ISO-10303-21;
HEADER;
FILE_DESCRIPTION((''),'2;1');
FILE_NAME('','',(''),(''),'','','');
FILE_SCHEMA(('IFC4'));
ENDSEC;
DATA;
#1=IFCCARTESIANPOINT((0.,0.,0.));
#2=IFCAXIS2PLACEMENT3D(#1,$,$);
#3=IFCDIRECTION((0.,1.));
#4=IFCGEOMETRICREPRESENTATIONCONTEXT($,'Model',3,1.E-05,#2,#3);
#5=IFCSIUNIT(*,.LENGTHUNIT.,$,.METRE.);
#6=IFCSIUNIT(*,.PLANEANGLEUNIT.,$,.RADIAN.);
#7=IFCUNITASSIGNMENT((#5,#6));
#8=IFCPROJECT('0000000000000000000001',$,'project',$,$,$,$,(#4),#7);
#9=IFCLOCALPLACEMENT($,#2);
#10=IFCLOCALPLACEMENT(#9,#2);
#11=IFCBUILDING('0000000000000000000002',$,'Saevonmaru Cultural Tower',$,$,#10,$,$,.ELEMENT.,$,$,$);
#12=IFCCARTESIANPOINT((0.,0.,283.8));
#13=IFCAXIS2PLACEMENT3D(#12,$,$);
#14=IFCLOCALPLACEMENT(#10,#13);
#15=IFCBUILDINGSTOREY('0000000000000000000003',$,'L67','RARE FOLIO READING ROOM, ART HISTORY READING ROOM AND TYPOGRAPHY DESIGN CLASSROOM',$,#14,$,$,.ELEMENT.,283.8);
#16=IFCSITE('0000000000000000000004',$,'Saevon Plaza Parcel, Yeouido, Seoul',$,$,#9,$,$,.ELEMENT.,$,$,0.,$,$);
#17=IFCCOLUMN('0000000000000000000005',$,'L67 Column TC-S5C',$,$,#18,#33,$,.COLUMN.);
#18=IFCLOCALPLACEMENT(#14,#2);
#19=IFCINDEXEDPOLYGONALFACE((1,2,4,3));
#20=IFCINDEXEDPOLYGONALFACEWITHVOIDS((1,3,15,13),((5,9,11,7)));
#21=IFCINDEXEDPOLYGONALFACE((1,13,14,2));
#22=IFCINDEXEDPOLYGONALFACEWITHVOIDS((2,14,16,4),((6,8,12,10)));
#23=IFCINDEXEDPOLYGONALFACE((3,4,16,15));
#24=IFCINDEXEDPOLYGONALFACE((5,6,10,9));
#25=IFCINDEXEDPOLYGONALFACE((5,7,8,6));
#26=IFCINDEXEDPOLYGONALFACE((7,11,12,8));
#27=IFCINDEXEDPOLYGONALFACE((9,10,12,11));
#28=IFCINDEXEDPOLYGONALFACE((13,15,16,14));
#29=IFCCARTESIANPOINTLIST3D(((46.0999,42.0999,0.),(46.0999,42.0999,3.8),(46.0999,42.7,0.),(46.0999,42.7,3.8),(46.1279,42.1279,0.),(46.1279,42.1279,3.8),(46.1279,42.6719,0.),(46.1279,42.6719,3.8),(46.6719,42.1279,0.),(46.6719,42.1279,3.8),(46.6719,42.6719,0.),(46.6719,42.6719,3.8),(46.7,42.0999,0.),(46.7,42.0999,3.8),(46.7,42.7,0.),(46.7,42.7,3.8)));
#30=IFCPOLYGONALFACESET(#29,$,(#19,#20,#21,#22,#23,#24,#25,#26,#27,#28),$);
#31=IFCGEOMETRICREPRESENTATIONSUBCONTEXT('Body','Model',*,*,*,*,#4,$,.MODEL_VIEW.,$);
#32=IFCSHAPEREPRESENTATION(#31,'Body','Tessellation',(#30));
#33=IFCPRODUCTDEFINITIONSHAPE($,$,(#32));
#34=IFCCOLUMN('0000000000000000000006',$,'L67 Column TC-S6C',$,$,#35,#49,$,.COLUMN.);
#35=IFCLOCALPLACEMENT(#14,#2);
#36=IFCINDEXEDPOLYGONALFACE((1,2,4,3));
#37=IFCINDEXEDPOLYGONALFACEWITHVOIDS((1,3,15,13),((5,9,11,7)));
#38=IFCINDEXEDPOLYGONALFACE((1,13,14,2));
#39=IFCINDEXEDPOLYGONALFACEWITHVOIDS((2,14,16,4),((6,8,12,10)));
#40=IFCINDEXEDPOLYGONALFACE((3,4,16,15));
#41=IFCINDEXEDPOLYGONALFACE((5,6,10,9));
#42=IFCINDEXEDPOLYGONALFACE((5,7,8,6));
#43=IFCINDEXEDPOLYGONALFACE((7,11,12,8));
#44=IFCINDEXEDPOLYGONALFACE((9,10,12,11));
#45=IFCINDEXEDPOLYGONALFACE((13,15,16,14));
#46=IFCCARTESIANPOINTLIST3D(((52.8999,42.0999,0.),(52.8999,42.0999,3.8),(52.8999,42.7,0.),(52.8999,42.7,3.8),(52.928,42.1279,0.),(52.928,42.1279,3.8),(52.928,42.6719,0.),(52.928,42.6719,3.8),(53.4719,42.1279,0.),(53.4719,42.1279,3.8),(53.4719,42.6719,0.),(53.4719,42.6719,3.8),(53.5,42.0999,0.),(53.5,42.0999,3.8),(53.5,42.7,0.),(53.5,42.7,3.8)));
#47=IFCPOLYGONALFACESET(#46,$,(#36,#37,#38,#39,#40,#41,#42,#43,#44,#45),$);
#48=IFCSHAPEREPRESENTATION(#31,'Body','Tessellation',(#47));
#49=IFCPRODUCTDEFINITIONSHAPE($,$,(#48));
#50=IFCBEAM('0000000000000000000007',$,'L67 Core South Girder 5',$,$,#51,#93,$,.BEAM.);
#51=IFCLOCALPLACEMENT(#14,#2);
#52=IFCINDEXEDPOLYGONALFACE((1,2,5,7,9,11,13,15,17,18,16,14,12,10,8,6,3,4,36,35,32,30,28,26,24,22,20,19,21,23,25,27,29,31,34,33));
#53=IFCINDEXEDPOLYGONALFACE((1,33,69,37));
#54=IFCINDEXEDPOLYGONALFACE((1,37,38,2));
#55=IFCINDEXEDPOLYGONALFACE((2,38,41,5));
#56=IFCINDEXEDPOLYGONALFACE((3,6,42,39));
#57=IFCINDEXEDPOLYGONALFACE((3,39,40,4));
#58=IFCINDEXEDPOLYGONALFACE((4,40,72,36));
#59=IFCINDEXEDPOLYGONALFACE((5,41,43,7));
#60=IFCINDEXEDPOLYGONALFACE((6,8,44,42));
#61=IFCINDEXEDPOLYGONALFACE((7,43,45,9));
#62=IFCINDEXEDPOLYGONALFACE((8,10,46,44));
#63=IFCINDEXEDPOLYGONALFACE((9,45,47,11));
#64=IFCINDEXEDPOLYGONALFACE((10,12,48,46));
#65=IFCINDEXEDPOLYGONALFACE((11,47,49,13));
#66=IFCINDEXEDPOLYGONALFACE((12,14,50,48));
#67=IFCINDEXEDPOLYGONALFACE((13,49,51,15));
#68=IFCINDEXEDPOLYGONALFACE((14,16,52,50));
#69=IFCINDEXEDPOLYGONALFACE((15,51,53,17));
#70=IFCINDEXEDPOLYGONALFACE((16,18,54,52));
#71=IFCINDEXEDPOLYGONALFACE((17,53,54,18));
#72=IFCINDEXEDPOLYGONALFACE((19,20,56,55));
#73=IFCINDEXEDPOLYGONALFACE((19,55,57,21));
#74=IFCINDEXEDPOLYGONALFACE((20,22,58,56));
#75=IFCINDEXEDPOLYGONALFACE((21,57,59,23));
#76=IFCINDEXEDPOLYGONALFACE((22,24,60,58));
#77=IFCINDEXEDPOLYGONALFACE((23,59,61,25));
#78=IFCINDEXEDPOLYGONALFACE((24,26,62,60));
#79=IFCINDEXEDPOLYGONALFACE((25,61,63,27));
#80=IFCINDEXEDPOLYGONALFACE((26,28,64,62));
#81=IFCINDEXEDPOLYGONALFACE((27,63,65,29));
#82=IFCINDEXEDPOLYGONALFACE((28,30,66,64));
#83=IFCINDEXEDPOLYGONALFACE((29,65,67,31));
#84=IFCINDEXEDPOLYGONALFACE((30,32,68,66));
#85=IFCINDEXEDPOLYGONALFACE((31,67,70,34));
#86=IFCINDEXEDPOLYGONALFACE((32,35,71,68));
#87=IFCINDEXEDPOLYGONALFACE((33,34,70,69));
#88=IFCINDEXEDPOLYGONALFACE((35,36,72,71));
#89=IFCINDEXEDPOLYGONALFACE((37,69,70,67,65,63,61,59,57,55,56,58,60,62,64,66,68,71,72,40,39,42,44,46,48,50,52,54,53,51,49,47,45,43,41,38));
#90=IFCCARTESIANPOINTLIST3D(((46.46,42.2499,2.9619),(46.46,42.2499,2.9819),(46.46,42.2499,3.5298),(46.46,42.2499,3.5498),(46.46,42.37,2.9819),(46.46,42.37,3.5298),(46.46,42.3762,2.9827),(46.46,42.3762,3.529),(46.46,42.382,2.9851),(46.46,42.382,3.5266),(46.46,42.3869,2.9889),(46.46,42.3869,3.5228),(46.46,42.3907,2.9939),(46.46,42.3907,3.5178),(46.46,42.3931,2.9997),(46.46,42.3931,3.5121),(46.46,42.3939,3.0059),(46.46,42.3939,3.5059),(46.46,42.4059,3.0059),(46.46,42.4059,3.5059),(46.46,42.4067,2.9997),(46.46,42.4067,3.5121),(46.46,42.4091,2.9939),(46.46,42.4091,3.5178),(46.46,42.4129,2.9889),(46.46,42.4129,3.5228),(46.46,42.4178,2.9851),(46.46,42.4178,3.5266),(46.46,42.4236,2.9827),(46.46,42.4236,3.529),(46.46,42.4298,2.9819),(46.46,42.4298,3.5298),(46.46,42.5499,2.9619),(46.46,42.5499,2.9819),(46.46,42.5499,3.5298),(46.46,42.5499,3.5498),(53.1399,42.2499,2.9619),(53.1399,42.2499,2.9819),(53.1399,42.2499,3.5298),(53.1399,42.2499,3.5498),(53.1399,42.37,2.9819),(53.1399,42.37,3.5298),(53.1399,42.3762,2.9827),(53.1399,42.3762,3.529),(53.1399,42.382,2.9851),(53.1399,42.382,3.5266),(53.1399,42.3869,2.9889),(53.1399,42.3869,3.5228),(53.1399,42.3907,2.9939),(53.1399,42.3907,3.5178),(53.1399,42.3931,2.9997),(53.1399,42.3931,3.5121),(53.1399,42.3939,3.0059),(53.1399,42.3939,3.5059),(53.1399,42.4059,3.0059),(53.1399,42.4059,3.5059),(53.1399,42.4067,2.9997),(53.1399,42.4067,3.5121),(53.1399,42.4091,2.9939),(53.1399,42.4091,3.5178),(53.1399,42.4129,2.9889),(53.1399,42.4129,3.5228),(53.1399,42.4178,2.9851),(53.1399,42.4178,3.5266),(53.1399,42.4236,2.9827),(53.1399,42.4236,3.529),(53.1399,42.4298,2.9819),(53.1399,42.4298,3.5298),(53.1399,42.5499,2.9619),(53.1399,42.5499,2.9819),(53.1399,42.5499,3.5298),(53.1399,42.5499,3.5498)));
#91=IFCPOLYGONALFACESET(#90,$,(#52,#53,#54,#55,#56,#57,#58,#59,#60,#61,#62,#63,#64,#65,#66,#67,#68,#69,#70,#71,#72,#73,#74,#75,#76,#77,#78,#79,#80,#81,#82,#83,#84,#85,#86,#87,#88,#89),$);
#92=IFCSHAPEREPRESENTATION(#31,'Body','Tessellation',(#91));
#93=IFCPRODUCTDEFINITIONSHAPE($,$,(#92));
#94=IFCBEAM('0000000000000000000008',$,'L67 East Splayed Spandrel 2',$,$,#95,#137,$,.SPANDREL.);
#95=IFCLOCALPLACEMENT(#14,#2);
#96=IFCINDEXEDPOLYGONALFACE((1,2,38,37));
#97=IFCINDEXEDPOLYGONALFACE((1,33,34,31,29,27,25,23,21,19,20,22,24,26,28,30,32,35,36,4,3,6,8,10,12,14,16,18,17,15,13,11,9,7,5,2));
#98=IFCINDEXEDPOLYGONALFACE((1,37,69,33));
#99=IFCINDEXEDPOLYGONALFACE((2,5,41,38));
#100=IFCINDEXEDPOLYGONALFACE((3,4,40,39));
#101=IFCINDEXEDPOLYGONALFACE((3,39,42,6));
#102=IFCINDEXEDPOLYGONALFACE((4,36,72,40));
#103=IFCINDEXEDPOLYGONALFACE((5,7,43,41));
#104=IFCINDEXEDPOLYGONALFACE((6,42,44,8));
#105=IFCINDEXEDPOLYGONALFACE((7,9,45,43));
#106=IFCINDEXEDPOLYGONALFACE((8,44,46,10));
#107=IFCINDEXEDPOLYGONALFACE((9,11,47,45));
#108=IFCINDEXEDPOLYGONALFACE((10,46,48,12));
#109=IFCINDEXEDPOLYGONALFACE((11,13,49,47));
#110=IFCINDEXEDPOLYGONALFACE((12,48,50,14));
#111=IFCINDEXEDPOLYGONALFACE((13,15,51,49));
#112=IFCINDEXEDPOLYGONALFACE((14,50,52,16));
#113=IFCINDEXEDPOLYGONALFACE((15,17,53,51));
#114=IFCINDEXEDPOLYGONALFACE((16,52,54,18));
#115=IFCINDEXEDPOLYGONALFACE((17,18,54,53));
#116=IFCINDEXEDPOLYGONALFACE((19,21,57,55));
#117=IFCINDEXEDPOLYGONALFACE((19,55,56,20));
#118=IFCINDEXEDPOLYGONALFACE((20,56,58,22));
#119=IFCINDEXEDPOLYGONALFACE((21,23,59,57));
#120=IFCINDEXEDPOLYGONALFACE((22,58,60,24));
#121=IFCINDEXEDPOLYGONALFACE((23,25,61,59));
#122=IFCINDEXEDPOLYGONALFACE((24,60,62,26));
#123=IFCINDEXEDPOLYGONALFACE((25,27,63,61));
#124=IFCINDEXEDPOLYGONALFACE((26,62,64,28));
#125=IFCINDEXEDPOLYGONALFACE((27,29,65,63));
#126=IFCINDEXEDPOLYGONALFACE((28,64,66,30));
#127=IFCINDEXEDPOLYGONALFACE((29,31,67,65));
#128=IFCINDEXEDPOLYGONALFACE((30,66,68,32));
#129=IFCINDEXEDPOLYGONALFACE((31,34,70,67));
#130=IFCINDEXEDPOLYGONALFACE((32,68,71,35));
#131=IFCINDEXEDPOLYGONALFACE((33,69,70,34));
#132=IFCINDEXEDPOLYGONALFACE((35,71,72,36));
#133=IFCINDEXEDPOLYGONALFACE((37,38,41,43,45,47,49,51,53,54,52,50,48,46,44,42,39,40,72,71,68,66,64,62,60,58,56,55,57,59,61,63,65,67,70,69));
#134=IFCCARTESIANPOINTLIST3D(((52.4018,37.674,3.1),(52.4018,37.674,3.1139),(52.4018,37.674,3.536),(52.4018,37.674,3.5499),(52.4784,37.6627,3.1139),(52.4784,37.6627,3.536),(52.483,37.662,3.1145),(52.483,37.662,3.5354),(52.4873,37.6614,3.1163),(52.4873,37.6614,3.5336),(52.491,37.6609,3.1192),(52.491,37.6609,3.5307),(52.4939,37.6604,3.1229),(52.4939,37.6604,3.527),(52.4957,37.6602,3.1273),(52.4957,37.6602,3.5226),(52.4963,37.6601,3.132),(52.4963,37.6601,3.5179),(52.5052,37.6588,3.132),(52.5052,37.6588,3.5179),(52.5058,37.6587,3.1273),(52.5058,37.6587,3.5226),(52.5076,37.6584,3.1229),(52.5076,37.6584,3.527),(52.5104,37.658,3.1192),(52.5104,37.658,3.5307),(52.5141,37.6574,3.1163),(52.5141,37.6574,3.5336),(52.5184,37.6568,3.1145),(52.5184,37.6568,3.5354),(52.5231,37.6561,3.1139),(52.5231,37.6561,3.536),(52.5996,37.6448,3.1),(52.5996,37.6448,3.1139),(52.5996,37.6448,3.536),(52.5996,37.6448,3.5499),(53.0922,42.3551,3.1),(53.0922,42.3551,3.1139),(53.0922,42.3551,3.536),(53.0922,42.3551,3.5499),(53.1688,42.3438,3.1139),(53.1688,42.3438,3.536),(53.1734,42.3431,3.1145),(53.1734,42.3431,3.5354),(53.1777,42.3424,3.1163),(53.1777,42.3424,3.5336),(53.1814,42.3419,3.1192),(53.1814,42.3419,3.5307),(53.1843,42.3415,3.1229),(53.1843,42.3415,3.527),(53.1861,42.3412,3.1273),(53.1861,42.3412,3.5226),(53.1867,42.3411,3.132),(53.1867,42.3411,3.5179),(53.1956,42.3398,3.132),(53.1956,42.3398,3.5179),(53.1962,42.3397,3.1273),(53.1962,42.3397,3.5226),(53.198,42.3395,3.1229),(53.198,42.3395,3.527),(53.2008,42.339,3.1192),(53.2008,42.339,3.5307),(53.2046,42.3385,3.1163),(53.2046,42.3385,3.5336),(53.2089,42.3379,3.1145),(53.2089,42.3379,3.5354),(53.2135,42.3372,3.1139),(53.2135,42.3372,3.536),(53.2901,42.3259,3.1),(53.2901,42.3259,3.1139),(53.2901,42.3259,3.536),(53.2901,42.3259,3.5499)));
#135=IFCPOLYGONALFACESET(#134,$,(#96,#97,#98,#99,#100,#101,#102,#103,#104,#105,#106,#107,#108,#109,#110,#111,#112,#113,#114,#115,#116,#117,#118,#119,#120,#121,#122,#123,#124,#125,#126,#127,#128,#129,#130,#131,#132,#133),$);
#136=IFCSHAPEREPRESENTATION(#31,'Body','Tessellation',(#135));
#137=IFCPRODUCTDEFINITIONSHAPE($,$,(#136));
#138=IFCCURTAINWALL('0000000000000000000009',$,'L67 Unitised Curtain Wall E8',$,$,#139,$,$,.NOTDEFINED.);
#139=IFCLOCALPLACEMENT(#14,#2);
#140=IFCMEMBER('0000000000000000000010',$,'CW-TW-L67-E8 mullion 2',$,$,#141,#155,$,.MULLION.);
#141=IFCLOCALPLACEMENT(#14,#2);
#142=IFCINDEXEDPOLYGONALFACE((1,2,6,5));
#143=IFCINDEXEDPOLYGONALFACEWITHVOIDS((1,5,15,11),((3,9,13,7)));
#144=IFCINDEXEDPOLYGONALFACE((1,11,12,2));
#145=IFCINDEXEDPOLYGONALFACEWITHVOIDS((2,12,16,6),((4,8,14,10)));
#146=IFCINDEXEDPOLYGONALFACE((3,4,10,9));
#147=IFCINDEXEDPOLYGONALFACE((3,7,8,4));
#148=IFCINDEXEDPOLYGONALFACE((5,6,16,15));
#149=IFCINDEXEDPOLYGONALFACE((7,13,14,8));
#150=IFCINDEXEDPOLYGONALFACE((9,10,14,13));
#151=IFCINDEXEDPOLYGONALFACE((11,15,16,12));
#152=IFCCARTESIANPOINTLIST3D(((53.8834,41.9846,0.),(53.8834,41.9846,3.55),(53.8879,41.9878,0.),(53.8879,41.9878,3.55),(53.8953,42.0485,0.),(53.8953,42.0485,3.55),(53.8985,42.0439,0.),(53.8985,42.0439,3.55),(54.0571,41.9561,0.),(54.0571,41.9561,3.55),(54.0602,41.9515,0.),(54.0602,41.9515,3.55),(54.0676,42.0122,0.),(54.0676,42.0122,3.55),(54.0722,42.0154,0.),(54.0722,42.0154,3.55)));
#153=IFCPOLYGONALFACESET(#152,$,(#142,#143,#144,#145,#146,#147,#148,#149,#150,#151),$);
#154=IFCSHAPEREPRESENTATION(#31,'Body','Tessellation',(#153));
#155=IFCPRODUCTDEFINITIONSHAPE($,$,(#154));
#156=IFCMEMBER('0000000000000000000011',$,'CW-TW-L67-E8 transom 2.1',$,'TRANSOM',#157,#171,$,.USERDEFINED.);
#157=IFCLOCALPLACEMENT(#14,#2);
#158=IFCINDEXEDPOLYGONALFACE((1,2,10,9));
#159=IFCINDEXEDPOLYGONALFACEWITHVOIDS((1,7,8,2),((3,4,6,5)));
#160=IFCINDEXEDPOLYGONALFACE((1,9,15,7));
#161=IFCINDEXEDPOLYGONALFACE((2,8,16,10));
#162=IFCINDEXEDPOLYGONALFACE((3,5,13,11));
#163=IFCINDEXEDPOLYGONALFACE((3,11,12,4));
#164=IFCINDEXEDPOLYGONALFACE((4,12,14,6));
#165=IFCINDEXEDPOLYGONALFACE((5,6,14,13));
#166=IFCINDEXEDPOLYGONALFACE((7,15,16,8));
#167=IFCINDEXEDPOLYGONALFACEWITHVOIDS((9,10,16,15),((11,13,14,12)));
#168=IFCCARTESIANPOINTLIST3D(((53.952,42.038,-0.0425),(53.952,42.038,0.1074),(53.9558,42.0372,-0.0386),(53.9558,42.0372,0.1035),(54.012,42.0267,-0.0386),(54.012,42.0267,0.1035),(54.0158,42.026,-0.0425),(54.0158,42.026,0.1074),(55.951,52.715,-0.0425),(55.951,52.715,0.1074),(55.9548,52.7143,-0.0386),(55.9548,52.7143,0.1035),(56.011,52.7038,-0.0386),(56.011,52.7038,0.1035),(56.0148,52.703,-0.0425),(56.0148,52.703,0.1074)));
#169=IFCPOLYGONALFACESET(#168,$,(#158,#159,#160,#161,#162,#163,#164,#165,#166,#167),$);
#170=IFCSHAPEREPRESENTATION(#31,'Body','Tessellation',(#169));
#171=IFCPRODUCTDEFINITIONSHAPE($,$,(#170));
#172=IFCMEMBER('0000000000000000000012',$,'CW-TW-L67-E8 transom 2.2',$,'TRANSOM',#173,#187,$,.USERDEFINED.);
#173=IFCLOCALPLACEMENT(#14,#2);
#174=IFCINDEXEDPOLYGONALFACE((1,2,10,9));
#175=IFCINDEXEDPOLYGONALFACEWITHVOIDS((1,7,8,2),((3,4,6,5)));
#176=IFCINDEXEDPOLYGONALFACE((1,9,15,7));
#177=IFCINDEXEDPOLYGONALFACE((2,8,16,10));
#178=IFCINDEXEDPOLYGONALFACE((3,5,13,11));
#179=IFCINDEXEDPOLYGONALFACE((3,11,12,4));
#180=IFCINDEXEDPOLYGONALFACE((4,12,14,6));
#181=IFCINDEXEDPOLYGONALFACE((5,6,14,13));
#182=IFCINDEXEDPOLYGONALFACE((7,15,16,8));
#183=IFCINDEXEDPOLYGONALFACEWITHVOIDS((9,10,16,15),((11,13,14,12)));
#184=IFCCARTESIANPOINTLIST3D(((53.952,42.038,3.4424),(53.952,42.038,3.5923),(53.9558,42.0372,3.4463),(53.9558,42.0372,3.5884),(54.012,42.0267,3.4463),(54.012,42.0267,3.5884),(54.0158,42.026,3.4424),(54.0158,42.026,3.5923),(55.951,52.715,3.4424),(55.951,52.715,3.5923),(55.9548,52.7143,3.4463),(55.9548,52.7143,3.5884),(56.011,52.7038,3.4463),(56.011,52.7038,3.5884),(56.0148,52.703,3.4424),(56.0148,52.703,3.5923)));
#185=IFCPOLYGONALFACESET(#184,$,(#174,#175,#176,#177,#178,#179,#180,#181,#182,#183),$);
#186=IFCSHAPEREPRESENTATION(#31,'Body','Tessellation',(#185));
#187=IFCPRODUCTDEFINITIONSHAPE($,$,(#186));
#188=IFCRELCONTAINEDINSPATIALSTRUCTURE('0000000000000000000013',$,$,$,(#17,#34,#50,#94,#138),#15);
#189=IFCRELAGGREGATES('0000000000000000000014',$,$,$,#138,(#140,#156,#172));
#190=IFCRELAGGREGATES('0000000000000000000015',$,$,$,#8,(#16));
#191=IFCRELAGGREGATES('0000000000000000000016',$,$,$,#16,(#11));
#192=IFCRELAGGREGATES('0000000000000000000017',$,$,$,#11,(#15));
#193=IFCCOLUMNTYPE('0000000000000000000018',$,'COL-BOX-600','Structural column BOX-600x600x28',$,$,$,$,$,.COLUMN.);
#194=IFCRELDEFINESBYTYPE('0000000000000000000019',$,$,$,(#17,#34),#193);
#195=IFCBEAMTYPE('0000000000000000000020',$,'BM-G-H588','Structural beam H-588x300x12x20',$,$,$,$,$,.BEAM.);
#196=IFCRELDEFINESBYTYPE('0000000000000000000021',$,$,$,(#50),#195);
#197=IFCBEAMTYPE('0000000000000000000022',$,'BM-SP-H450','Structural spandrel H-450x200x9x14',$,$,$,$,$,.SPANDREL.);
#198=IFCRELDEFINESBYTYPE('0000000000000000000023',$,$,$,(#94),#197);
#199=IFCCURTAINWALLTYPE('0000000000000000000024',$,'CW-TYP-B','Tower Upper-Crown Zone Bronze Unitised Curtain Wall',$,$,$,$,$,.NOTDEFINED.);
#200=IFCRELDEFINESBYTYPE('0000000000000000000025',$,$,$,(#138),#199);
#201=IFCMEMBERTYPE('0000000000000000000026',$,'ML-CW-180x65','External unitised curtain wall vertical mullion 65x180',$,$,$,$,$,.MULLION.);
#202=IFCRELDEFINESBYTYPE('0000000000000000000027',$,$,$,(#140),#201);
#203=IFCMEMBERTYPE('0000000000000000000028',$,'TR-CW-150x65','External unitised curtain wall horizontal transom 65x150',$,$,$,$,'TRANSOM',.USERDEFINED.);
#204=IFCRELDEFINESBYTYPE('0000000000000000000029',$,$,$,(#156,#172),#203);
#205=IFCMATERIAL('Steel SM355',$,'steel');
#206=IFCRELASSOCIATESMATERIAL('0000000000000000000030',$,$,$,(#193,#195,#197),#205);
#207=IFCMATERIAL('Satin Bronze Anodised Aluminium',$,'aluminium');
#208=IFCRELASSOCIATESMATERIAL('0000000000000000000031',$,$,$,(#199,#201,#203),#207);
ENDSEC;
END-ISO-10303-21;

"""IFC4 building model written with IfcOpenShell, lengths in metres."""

from ifc_helpers import new_model, si_unit, direction, frame, origin, origin_2d, place, context, subcontext, project, spatial, hollow_rectangle, i_section, extrude, material, material_profile, profile_set, type_object, element, aggregate, save


model = new_model("IFC4")

# Units and contexts
model_context = context("Model", 3, precision=1e-05, world=origin(), true_north=direction((0.0, 1.0)))
body_context = subcontext(model_context, "Body", "Model", "MODEL_VIEW")
ifc_project = project(units=[si_unit("LENGTHUNIT", "METRE"), si_unit("PLANEANGLEUNIT", "RADIAN")], contexts=[model_context])

# Site, building, storey
site_placement = place(None, origin())
site = spatial("IfcSite", under=ifc_project, at=site_placement, Name="Saevon Plaza Parcel, Yeouido, Seoul", CompositionType="ELEMENT", RefElevation=0.0)
building_placement = place(site_placement, origin())
building = spatial("IfcBuilding", under=site, at=building_placement, Name="Saevonmaru Cultural Tower", CompositionType="ELEMENT")
storey_placement = place(building_placement, frame((0.0, 0.0, 283.8)))
storey = spatial("IfcBuildingStorey", under=building, at=storey_placement, Name="L67", Description="RARE FOLIO READING ROOM, ART HISTORY READING ROOM AND TYPOGRAPHY DESIGN CLASSROOM", CompositionType="ELEMENT", Elevation=283.8)

# Columns
ifc_material_1 = material(Name="Steel SM355", Category="steel")
ifc_material_profile_1 = material_profile(ifc_material_1, hollow_rectangle(XDim=0.6001, YDim=0.6001, WallThickness=0.0281, at=origin_2d()), Name="BOX-600x600x28")
ifc_profile_set_1 = profile_set([ifc_material_profile_1], Name="Steel SM355")
column_type = type_object("IfcColumnType", Name="COL-BOX-600", Description="Structural column BOX-600x600x28", PredefinedType="COLUMN", material=ifc_profile_set_1)
for number, where, z_axis, x_axis, name in (
    (1, (46.3999, 42.3999, 0.0), (0.0, 0.0, 1.0), (1.0, 0.0, 0.0), "L67 Column TC-S5C"),
    (2, (53.2, 42.3999, 0.0), (0.0, 0.0, 1.0), (1.0, 0.0, 0.0), "L67 Column TC-S6C"),
):
    element("IfcColumn", number, at=place(storey_placement, frame(where, z_axis=z_axis, x_axis=x_axis)), inside=storey, type_object=column_type, Name=name, PredefinedType="COLUMN", context=body_context, shape_type="SweptSolid", body=[
        extrude(hollow_rectangle(XDim=0.6001, YDim=0.6001, WallThickness=0.0281, at=origin_2d()), origin(), (0.0, 0.0, 1.0), 3.8),
    ])

# Beams
ifc_material_profile_2 = material_profile(ifc_material_1, i_section(OverallWidth=0.3, OverallDepth=0.5879, WebThickness=0.012, FlangeThickness=0.02, FilletRadius=0.0239, at=origin_2d()), Name="H-588x300x12x20")
ifc_profile_set_2 = profile_set([ifc_material_profile_2], Name="Steel SM355")
beam_type_1 = type_object("IfcBeamType", Name="BM-G-H588", Description="Structural beam H-588x300x12x20", PredefinedType="BEAM", material=ifc_profile_set_2)
beam_1_placement = place(storey_placement, frame((46.46, 42.3999, 3.2559), z_axis=(1.0, 0.0, 0.0), x_axis=(0.0, 1.0, 0.0)))
element("IfcBeam", 3, at=beam_1_placement, inside=storey, type_object=beam_type_1, Name="L67 Core South Girder 5", PredefinedType="BEAM", context=body_context, shape_type="SweptSolid", body=[
    extrude(i_section(OverallWidth=0.3, OverallDepth=0.5879, WebThickness=0.012, FlangeThickness=0.02, FilletRadius=0.0239, at=origin_2d()), origin(), (0.0, 0.0, 1.0), 6.6799),
])
ifc_material_profile_3 = material_profile(ifc_material_1, i_section(OverallWidth=0.2, OverallDepth=0.45, WebThickness=0.009, FlangeThickness=0.0139, FilletRadius=0.0181, at=origin_2d()), Name="H-450x200x9x14")
ifc_profile_set_3 = profile_set([ifc_material_profile_3], Name="Steel SM355")
beam_type_2 = type_object("IfcBeamType", Name="BM-SP-H450", Description="Structural spandrel H-450x200x9x14", PredefinedType="SPANDREL", material=ifc_profile_set_3)
beam_2_placement = place(storey_placement, frame((52.5007, 37.6594, 3.325), z_axis=(0.145913, 0.989297, 0.0), x_axis=(-0.989297, 0.145913, 0.0)))
element("IfcBeam", 4, at=beam_2_placement, inside=storey, type_object=beam_type_2, Name="L67 East Splayed Spandrel 2", PredefinedType="SPANDREL", context=body_context, shape_type="SweptSolid", body=[
    extrude(i_section(OverallWidth=0.2, OverallDepth=0.45, WebThickness=0.009, FlangeThickness=0.0139, FilletRadius=0.0181, at=origin_2d()), origin(), (0.0, 0.0, 1.0), 4.7317),
])

# Curtain wall, members
ifc_material_2 = material(Name="Satin Bronze Anodised Aluminium", Category="aluminium")
curtain_wall_type = type_object("IfcCurtainWallType", Name="CW-TYP-B", Description="Tower Upper-Crown Zone Bronze Unitised Curtain Wall", PredefinedType="NOTDEFINED", material=ifc_material_2)
curtain_wall_placement = place(storey_placement, origin())
curtain_wall = element("IfcCurtainWall", 5, at=curtain_wall_placement, inside=storey, type_object=curtain_wall_type, Name="L67 Unitised Curtain Wall E8", PredefinedType="NOTDEFINED")
ifc_material_profile_4 = material_profile(ifc_material_2, hollow_rectangle(XDim=0.0649, YDim=0.1799, WallThickness=0.0039, at=origin_2d()), Name="ALU-MULL-180x65x4")
ifc_profile_set_4 = profile_set([ifc_material_profile_4], Name="Satin Bronze Anodised Aluminium")
member_type_1 = type_object("IfcMemberType", Name="ML-CW-180x65", Description="External unitised curtain wall vertical mullion 65x180", PredefinedType="MULLION", material=ifc_profile_set_4)
member_1_placement = place(storey_placement, frame((53.9778, 42.0, 0.0), z_axis=(0.0, 0.0, 1.0), x_axis=(0.184047, 0.982918, 0.0)))
member_1 = element("IfcMember", 6, at=member_1_placement, type_object=member_type_1, Name="CW-TW-L67-E8 mullion 2", PredefinedType="MULLION", context=body_context, shape_type="SweptSolid", body=[
    extrude(hollow_rectangle(XDim=0.0649, YDim=0.1799, WallThickness=0.0039, at=origin_2d()), origin(), (0.0, 0.0, 1.0), 3.55),
])
ifc_material_profile_5 = material_profile(ifc_material_2, hollow_rectangle(XDim=0.0649, YDim=0.1499, WallThickness=0.0039, at=origin_2d()), Name="ALU-TRAN-150x65x4")
ifc_profile_set_5 = profile_set([ifc_material_profile_5], Name="Satin Bronze Anodised Aluminium")
member_type_2 = type_object("IfcMemberType", Name="TR-CW-150x65", Description="External unitised curtain wall horizontal transom 65x150", ElementType="TRANSOM", PredefinedType="USERDEFINED", material=ifc_profile_set_5)
member_2_placement = place(storey_placement, frame((53.9839, 42.032, 0.0325), z_axis=(0.184029, 0.982921, 0.0), x_axis=(-0.982921, 0.184029, 0.0)))
member_2 = element("IfcMember", 7, at=member_2_placement, type_object=member_type_2, Name="CW-TW-L67-E8 transom 2.1", ObjectType="TRANSOM", PredefinedType="USERDEFINED", context=body_context, shape_type="SweptSolid", body=[
    extrude(hollow_rectangle(XDim=0.0649, YDim=0.1499, WallThickness=0.0039, at=origin_2d()), origin(), (0.0, 0.0, 1.0), 10.8625),
])
member_3_placement = place(storey_placement, frame((53.9839, 42.032, 3.5173), z_axis=(0.184029, 0.982921, 0.0), x_axis=(-0.982921, 0.184029, 0.0)))
member_3 = element("IfcMember", 8, at=member_3_placement, type_object=member_type_2, Name="CW-TW-L67-E8 transom 2.2", ObjectType="TRANSOM", PredefinedType="USERDEFINED", context=body_context, shape_type="SweptSolid", body=[
    extrude(hollow_rectangle(XDim=0.0649, YDim=0.1499, WallThickness=0.0039, at=origin_2d()), origin(), (0.0, 0.0, 1.0), 10.8625),
])
aggregate(curtain_wall, [member_1, member_2, member_3])

save(model, "model.ifc")
